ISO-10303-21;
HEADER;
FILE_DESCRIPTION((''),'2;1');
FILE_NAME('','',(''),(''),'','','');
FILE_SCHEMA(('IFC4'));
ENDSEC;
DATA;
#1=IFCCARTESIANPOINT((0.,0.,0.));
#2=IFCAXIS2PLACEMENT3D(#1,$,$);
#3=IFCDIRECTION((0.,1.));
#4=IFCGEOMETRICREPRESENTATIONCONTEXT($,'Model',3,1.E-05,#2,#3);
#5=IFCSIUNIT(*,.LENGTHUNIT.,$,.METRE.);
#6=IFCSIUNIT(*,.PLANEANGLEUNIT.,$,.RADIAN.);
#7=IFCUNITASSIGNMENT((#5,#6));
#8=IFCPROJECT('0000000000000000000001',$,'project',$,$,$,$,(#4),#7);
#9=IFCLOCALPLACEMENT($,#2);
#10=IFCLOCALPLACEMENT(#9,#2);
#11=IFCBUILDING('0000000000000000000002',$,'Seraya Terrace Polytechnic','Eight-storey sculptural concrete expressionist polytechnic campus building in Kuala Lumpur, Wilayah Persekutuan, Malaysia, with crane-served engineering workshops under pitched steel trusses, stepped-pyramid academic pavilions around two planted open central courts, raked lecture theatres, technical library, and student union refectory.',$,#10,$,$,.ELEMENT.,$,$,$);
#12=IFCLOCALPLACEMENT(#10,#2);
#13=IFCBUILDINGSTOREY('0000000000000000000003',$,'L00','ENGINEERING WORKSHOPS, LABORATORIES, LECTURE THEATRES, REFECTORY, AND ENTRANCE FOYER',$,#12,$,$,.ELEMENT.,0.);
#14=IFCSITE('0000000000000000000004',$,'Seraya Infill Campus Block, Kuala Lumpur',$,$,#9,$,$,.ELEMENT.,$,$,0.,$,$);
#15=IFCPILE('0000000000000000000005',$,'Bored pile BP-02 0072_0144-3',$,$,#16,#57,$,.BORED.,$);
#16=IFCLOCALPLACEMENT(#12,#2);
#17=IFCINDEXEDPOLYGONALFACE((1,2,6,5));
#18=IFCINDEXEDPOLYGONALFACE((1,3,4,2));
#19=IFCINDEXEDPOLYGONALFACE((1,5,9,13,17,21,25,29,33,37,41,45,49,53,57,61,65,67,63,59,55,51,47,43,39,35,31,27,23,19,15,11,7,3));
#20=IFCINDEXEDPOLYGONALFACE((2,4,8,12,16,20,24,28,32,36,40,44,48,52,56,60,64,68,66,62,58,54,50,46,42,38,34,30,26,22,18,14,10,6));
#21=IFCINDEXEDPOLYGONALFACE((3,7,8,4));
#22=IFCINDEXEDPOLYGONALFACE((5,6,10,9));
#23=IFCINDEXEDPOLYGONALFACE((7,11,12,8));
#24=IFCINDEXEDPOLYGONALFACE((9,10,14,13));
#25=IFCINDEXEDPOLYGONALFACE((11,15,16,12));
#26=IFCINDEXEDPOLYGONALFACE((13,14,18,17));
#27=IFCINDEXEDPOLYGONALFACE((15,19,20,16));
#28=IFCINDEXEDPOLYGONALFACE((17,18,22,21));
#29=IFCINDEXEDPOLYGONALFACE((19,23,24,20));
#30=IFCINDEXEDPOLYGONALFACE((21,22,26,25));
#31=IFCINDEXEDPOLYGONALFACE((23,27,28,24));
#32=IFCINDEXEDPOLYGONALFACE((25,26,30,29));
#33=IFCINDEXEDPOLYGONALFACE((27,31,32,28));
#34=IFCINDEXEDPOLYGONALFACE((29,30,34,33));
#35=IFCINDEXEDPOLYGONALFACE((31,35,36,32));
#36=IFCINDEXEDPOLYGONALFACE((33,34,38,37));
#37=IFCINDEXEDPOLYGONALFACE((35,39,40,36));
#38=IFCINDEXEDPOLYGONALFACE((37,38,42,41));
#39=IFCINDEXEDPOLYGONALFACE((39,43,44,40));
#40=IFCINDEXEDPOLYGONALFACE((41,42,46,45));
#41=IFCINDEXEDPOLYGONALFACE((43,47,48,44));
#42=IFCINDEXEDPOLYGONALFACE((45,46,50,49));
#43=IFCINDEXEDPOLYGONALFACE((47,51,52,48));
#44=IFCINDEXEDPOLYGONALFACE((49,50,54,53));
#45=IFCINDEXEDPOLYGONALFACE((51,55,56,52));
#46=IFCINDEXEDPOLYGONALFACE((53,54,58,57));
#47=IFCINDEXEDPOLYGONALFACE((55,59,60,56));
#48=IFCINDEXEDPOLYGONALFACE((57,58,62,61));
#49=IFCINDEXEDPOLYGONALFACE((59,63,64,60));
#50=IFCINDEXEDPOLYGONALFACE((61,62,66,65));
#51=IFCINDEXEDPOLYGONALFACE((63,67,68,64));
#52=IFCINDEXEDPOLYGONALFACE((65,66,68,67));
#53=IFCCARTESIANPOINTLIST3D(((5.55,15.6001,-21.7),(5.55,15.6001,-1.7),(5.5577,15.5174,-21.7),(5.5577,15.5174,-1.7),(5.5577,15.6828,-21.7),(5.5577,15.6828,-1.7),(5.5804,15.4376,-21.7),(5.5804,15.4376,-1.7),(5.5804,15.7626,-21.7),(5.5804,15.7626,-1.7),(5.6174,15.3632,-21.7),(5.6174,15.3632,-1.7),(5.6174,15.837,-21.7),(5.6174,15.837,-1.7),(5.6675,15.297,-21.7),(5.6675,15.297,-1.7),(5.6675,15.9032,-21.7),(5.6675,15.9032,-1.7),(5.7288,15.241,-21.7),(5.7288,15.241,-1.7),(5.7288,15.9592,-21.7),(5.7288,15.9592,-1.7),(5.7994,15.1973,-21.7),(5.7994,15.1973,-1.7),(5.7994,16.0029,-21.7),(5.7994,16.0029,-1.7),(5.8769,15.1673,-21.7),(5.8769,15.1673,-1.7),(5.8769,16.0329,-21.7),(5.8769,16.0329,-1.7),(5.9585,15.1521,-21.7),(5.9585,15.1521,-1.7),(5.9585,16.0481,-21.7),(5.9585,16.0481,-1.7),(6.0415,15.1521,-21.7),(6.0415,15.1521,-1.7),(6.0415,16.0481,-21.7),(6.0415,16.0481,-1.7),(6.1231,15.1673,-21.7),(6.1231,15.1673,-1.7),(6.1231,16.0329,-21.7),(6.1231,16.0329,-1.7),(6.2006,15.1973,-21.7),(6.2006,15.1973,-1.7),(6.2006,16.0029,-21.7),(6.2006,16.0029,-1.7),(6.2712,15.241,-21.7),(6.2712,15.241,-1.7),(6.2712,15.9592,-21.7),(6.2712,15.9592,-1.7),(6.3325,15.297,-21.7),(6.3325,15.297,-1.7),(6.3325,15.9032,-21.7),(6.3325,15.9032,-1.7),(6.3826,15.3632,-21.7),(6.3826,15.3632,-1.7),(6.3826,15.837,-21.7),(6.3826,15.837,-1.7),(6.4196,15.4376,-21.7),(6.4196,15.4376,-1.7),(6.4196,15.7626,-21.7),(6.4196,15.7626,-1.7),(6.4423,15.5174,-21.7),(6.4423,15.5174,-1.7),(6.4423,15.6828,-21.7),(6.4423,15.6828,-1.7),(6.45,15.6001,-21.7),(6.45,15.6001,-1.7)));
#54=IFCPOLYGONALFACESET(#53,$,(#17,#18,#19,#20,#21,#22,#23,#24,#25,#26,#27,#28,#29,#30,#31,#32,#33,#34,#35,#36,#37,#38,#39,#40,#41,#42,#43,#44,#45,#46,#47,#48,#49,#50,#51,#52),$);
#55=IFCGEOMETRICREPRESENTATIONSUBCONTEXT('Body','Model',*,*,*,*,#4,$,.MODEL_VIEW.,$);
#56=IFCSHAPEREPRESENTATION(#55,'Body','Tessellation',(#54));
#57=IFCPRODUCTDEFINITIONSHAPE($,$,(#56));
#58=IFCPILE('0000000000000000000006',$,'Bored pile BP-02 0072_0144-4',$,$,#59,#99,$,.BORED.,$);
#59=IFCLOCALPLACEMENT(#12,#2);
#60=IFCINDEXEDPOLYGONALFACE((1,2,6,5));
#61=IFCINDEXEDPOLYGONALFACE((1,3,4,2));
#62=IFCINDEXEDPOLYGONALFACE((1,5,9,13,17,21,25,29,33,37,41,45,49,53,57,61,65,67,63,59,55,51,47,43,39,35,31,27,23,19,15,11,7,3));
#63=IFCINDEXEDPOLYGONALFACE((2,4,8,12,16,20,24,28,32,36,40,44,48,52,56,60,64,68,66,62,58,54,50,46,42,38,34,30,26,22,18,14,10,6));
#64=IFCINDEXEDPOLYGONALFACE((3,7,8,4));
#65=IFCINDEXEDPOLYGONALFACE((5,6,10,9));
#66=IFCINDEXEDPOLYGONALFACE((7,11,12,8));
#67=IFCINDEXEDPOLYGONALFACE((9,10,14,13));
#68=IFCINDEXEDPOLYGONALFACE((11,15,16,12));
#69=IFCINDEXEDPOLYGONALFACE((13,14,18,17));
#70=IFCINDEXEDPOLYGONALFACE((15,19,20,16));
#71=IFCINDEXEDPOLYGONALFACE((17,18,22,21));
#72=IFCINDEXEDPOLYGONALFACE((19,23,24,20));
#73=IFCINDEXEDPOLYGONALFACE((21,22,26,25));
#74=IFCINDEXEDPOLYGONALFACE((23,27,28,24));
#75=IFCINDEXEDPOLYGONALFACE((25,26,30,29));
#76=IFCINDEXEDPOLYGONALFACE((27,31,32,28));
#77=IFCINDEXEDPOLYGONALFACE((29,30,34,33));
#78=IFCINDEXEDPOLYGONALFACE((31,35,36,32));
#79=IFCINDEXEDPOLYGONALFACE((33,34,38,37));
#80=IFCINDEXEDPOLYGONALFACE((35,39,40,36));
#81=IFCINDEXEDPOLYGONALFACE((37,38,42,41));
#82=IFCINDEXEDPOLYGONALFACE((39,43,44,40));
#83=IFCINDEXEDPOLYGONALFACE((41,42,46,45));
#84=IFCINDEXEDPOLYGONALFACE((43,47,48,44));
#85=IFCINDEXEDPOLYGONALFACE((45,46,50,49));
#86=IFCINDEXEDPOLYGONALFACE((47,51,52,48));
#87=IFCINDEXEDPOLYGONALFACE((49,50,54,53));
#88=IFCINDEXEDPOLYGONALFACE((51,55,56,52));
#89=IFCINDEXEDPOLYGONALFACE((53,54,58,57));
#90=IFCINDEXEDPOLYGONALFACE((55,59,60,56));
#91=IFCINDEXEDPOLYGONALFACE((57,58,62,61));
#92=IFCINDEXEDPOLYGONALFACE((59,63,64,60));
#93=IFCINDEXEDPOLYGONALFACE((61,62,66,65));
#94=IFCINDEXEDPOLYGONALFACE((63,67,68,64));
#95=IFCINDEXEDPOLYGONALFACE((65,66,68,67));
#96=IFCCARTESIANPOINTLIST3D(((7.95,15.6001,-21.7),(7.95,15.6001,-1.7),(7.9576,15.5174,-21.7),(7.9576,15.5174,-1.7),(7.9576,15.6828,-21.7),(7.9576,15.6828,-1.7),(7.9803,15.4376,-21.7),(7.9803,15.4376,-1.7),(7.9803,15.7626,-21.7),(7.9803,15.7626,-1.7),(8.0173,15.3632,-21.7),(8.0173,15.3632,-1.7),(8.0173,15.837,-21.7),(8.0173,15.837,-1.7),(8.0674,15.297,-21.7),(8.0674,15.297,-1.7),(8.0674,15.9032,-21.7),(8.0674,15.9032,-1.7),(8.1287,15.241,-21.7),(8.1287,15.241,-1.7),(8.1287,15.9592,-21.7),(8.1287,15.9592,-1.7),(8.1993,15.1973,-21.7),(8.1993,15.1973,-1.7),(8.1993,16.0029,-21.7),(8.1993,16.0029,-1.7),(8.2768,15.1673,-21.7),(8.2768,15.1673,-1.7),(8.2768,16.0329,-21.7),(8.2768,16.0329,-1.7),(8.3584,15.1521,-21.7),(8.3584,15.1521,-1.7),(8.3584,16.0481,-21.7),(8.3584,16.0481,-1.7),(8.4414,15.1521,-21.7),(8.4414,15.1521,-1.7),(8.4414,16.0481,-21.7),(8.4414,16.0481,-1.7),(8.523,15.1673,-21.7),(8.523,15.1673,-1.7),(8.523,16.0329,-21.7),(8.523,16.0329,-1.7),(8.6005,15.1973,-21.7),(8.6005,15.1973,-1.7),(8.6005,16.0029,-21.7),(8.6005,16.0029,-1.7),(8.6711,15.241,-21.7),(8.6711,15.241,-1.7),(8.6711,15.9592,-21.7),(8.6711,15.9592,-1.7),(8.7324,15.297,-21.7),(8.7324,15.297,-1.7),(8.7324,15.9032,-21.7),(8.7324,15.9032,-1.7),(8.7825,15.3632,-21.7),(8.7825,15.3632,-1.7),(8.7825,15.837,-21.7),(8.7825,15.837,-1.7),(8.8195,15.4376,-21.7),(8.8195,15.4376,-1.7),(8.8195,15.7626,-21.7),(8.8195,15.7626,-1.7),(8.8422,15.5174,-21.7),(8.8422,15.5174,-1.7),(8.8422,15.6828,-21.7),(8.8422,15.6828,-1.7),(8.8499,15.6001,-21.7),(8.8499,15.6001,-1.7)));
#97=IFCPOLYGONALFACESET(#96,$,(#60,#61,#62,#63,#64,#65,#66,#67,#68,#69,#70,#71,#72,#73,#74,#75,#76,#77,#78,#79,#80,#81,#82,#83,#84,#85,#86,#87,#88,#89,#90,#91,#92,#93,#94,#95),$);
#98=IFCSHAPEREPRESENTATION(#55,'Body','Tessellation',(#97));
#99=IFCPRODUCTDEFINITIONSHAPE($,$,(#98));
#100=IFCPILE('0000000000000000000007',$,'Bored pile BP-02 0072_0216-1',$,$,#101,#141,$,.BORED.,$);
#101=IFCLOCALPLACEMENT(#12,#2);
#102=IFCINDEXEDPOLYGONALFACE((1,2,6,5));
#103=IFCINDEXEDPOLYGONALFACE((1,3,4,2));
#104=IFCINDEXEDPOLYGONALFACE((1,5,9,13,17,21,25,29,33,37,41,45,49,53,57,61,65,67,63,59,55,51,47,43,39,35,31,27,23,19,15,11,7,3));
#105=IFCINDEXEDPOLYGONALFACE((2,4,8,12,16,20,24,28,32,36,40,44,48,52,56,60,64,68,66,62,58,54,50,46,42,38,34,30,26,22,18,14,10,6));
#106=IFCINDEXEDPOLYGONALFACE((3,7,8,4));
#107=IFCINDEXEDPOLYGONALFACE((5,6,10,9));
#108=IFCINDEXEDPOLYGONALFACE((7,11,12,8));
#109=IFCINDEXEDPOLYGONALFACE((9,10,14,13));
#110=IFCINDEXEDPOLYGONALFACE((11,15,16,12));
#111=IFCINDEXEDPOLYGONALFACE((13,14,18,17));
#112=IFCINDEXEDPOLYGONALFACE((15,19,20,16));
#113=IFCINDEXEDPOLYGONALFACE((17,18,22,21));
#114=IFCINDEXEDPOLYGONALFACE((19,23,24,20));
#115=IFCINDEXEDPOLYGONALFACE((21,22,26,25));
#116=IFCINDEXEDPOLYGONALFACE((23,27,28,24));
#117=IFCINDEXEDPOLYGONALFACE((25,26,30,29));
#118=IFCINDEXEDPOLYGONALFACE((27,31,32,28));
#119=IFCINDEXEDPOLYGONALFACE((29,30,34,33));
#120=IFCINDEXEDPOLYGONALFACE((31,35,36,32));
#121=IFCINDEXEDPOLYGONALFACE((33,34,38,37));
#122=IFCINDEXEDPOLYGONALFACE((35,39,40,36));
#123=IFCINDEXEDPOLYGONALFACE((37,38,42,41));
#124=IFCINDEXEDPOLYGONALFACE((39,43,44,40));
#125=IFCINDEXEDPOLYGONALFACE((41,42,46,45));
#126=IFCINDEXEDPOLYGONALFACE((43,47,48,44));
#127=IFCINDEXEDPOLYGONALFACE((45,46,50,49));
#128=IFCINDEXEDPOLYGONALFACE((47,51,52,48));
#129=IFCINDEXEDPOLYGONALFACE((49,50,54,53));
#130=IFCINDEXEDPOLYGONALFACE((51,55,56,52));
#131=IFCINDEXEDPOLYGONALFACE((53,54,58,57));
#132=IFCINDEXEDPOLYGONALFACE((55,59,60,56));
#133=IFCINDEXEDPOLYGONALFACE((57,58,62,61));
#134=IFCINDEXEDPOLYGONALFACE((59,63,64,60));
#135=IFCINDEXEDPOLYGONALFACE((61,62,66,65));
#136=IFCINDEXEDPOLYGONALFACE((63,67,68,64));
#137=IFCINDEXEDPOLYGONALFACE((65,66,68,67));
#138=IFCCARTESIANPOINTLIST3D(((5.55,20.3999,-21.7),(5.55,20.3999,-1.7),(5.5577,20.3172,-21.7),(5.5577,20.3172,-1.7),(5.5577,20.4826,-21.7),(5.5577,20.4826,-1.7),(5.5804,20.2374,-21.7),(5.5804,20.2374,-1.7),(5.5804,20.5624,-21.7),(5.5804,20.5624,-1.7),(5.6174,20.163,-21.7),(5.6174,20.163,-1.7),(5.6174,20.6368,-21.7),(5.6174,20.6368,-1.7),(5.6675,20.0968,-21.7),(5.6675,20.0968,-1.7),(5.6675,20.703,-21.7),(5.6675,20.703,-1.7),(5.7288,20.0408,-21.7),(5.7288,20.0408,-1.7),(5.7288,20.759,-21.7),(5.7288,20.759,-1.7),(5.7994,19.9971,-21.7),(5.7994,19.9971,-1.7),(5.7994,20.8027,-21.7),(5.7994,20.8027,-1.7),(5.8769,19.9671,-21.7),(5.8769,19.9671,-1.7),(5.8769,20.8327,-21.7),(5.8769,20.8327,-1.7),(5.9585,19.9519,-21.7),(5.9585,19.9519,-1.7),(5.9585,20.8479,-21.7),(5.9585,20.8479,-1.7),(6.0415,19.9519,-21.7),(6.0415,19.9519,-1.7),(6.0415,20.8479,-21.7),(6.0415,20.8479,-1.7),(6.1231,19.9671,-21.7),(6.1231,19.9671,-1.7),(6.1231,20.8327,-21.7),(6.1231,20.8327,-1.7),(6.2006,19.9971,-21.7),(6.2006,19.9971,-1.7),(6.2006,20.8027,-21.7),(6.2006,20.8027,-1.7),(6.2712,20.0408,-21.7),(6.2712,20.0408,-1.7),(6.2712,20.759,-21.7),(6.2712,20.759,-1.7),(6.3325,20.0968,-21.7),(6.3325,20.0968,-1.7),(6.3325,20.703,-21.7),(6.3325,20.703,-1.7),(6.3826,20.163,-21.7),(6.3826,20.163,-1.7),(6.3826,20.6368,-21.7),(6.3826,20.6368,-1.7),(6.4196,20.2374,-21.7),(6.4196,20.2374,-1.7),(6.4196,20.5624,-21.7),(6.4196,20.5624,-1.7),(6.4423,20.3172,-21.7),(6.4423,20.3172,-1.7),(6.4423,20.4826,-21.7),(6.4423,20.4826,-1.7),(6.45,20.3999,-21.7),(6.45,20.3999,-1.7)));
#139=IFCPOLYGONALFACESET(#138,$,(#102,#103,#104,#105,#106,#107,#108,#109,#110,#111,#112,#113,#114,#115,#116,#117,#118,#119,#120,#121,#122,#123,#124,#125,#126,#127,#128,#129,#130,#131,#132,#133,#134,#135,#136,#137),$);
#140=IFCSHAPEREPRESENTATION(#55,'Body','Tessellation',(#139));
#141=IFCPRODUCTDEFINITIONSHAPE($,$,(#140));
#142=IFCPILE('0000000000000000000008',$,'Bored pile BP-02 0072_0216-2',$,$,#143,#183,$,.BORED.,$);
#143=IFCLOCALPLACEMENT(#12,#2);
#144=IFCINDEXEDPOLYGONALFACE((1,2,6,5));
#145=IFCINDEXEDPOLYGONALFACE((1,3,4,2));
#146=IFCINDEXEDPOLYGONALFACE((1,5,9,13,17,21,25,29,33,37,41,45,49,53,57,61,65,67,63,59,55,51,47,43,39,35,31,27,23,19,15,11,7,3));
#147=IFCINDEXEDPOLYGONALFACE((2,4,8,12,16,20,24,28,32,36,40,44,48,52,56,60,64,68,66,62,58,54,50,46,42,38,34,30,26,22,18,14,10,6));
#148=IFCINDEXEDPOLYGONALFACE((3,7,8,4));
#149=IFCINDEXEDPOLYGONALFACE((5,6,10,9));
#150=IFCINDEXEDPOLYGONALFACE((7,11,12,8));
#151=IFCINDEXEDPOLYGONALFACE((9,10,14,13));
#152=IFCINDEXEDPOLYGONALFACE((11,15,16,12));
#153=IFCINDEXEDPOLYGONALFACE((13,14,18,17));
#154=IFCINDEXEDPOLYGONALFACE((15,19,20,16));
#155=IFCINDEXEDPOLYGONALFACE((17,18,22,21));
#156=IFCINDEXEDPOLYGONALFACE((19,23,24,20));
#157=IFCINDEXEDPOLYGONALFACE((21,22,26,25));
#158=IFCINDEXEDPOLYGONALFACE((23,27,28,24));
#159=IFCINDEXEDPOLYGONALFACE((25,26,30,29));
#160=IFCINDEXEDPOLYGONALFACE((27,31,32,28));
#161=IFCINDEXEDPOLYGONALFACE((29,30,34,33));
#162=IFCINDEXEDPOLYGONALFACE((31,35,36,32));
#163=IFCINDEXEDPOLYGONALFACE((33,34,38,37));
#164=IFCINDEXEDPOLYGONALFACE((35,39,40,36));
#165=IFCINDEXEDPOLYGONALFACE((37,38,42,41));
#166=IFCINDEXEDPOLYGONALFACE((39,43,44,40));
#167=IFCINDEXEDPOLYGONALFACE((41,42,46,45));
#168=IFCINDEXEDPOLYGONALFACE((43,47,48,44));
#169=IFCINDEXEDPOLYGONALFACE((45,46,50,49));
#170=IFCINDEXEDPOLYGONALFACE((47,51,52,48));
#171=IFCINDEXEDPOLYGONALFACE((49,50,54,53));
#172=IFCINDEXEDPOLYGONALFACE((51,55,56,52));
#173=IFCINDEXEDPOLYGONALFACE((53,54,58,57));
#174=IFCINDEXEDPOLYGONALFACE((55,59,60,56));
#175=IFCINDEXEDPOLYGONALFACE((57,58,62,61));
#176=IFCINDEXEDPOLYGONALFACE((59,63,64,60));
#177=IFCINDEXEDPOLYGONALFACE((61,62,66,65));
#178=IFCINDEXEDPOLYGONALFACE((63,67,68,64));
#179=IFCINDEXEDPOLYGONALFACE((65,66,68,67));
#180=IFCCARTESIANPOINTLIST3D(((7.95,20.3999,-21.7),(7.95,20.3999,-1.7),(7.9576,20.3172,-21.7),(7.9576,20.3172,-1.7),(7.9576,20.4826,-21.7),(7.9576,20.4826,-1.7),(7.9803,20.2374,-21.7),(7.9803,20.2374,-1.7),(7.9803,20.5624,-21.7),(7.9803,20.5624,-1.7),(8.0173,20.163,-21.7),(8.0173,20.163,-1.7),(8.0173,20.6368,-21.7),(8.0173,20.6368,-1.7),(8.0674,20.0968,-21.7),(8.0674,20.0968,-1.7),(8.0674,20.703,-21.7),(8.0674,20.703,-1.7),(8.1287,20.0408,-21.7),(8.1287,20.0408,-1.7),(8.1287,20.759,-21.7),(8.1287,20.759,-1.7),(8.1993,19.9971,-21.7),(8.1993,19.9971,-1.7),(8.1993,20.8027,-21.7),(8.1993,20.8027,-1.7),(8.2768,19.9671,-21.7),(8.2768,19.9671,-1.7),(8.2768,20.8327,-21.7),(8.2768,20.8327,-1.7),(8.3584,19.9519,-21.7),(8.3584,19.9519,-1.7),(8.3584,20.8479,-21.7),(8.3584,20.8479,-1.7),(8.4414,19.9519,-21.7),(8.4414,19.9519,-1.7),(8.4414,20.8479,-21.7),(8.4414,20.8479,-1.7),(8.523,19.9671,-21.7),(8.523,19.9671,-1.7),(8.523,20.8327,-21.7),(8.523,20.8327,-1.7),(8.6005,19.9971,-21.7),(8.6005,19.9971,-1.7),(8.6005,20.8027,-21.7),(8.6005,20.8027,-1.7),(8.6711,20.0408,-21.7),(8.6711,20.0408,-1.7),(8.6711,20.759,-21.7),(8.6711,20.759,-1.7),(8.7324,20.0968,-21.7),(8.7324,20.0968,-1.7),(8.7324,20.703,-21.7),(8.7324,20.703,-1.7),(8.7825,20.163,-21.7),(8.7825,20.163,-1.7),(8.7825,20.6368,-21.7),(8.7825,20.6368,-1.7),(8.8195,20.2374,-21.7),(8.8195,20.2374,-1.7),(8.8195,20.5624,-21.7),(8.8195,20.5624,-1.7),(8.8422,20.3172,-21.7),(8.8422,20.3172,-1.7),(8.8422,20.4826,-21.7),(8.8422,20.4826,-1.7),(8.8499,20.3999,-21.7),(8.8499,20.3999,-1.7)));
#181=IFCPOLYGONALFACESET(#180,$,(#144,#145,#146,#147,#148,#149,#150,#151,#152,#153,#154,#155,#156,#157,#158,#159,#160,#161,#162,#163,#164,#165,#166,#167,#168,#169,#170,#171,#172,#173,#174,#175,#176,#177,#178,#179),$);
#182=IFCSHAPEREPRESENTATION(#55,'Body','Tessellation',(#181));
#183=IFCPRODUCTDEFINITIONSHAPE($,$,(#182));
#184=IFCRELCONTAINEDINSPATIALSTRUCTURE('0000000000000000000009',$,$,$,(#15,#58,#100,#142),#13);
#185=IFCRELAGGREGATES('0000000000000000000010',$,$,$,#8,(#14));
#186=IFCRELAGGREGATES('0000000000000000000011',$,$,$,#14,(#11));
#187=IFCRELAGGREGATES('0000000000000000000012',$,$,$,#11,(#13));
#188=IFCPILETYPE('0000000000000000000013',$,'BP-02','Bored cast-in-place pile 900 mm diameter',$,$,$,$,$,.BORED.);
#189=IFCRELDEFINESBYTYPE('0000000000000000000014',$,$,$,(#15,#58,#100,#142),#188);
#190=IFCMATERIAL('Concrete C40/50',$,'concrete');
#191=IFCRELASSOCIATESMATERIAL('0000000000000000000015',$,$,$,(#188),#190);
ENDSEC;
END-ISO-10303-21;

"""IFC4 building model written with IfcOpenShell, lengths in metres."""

from ifc_helpers import new_model, si_unit, direction, frame, origin, origin_2d, place, context, subcontext, project, spatial, circle, extrude, material, material_profile, profile_set, type_object, element, save


model = new_model("IFC4")

# Units and contexts
model_context = context("Model", 3, precision=1e-05, world=origin(), true_north=direction((0.0, 1.0)))
body_context = subcontext(model_context, "Body", "Model", "MODEL_VIEW")
ifc_project = project(units=[si_unit("LENGTHUNIT", "METRE"), si_unit("PLANEANGLEUNIT", "RADIAN")], contexts=[model_context])

# Site, building, storey
site_placement = place(None, origin())
site = spatial("IfcSite", under=ifc_project, at=site_placement, Name="Seraya Infill Campus Block, Kuala Lumpur", CompositionType="ELEMENT", RefElevation=0.0)
building_placement = place(site_placement, origin())
building = spatial("IfcBuilding", under=site, at=building_placement, Name="Seraya Terrace Polytechnic", Description="Eight-storey sculptural concrete expressionist polytechnic campus building in Kuala Lumpur, Wilayah Persekutuan, Malaysia, with crane-served engineering workshops under pitched steel trusses, stepped-pyramid academic pavilions around two planted open central courts, raked lecture theatres, technical library, and student union refectory.", CompositionType="ELEMENT")
storey_placement = place(building_placement, origin())
storey = spatial("IfcBuildingStorey", under=building, at=storey_placement, Name="L00", Description="ENGINEERING WORKSHOPS, LABORATORIES, LECTURE THEATRES, REFECTORY, AND ENTRANCE FOYER", CompositionType="ELEMENT", Elevation=0.0)

# Piles
ifc_material_1 = material(Name="Concrete C40/50", Category="concrete")
ifc_material_profile_1 = material_profile(ifc_material_1, circle(Radius=0.45, at=origin_2d()), Name="DIA 900")
ifc_profile_set_1 = profile_set([ifc_material_profile_1], Name="Concrete C40/50")
pile_type = type_object("IfcPileType", Name="BP-02", Description="Bored cast-in-place pile 900 mm diameter", PredefinedType="BORED", material=ifc_profile_set_1)
for number, where, z_axis, x_axis, name in (
    (1, (6.0, 15.6001, -1.7), (0.0, 0.0, -1.0), (1.0, 0.0, 0.0), "Bored pile BP-02 0072_0144-3"),
    (2, (8.3999, 15.6001, -1.7), (0.0, 0.0, -1.0), (1.0, 0.0, 0.0), "Bored pile BP-02 0072_0144-4"),
    (3, (6.0, 20.3999, -1.7), (0.0, 0.0, -1.0), (1.0, 0.0, 0.0), "Bored pile BP-02 0072_0216-1"),
    (4, (8.3999, 20.3999, -1.7), (0.0, 0.0, -1.0), (1.0, 0.0, 0.0), "Bored pile BP-02 0072_0216-2"),
):
    element("IfcPile", number, at=place(storey_placement, frame(where, z_axis=z_axis, x_axis=x_axis)), inside=storey, type_object=pile_type, Name=name, PredefinedType="BORED", context=body_context, shape_type="SweptSolid", body=[
        extrude(circle(Radius=0.45, at=origin_2d()), origin(), (0.0, 0.0, 1.0), 20.0),
    ])

save(model, "model.ifc")
